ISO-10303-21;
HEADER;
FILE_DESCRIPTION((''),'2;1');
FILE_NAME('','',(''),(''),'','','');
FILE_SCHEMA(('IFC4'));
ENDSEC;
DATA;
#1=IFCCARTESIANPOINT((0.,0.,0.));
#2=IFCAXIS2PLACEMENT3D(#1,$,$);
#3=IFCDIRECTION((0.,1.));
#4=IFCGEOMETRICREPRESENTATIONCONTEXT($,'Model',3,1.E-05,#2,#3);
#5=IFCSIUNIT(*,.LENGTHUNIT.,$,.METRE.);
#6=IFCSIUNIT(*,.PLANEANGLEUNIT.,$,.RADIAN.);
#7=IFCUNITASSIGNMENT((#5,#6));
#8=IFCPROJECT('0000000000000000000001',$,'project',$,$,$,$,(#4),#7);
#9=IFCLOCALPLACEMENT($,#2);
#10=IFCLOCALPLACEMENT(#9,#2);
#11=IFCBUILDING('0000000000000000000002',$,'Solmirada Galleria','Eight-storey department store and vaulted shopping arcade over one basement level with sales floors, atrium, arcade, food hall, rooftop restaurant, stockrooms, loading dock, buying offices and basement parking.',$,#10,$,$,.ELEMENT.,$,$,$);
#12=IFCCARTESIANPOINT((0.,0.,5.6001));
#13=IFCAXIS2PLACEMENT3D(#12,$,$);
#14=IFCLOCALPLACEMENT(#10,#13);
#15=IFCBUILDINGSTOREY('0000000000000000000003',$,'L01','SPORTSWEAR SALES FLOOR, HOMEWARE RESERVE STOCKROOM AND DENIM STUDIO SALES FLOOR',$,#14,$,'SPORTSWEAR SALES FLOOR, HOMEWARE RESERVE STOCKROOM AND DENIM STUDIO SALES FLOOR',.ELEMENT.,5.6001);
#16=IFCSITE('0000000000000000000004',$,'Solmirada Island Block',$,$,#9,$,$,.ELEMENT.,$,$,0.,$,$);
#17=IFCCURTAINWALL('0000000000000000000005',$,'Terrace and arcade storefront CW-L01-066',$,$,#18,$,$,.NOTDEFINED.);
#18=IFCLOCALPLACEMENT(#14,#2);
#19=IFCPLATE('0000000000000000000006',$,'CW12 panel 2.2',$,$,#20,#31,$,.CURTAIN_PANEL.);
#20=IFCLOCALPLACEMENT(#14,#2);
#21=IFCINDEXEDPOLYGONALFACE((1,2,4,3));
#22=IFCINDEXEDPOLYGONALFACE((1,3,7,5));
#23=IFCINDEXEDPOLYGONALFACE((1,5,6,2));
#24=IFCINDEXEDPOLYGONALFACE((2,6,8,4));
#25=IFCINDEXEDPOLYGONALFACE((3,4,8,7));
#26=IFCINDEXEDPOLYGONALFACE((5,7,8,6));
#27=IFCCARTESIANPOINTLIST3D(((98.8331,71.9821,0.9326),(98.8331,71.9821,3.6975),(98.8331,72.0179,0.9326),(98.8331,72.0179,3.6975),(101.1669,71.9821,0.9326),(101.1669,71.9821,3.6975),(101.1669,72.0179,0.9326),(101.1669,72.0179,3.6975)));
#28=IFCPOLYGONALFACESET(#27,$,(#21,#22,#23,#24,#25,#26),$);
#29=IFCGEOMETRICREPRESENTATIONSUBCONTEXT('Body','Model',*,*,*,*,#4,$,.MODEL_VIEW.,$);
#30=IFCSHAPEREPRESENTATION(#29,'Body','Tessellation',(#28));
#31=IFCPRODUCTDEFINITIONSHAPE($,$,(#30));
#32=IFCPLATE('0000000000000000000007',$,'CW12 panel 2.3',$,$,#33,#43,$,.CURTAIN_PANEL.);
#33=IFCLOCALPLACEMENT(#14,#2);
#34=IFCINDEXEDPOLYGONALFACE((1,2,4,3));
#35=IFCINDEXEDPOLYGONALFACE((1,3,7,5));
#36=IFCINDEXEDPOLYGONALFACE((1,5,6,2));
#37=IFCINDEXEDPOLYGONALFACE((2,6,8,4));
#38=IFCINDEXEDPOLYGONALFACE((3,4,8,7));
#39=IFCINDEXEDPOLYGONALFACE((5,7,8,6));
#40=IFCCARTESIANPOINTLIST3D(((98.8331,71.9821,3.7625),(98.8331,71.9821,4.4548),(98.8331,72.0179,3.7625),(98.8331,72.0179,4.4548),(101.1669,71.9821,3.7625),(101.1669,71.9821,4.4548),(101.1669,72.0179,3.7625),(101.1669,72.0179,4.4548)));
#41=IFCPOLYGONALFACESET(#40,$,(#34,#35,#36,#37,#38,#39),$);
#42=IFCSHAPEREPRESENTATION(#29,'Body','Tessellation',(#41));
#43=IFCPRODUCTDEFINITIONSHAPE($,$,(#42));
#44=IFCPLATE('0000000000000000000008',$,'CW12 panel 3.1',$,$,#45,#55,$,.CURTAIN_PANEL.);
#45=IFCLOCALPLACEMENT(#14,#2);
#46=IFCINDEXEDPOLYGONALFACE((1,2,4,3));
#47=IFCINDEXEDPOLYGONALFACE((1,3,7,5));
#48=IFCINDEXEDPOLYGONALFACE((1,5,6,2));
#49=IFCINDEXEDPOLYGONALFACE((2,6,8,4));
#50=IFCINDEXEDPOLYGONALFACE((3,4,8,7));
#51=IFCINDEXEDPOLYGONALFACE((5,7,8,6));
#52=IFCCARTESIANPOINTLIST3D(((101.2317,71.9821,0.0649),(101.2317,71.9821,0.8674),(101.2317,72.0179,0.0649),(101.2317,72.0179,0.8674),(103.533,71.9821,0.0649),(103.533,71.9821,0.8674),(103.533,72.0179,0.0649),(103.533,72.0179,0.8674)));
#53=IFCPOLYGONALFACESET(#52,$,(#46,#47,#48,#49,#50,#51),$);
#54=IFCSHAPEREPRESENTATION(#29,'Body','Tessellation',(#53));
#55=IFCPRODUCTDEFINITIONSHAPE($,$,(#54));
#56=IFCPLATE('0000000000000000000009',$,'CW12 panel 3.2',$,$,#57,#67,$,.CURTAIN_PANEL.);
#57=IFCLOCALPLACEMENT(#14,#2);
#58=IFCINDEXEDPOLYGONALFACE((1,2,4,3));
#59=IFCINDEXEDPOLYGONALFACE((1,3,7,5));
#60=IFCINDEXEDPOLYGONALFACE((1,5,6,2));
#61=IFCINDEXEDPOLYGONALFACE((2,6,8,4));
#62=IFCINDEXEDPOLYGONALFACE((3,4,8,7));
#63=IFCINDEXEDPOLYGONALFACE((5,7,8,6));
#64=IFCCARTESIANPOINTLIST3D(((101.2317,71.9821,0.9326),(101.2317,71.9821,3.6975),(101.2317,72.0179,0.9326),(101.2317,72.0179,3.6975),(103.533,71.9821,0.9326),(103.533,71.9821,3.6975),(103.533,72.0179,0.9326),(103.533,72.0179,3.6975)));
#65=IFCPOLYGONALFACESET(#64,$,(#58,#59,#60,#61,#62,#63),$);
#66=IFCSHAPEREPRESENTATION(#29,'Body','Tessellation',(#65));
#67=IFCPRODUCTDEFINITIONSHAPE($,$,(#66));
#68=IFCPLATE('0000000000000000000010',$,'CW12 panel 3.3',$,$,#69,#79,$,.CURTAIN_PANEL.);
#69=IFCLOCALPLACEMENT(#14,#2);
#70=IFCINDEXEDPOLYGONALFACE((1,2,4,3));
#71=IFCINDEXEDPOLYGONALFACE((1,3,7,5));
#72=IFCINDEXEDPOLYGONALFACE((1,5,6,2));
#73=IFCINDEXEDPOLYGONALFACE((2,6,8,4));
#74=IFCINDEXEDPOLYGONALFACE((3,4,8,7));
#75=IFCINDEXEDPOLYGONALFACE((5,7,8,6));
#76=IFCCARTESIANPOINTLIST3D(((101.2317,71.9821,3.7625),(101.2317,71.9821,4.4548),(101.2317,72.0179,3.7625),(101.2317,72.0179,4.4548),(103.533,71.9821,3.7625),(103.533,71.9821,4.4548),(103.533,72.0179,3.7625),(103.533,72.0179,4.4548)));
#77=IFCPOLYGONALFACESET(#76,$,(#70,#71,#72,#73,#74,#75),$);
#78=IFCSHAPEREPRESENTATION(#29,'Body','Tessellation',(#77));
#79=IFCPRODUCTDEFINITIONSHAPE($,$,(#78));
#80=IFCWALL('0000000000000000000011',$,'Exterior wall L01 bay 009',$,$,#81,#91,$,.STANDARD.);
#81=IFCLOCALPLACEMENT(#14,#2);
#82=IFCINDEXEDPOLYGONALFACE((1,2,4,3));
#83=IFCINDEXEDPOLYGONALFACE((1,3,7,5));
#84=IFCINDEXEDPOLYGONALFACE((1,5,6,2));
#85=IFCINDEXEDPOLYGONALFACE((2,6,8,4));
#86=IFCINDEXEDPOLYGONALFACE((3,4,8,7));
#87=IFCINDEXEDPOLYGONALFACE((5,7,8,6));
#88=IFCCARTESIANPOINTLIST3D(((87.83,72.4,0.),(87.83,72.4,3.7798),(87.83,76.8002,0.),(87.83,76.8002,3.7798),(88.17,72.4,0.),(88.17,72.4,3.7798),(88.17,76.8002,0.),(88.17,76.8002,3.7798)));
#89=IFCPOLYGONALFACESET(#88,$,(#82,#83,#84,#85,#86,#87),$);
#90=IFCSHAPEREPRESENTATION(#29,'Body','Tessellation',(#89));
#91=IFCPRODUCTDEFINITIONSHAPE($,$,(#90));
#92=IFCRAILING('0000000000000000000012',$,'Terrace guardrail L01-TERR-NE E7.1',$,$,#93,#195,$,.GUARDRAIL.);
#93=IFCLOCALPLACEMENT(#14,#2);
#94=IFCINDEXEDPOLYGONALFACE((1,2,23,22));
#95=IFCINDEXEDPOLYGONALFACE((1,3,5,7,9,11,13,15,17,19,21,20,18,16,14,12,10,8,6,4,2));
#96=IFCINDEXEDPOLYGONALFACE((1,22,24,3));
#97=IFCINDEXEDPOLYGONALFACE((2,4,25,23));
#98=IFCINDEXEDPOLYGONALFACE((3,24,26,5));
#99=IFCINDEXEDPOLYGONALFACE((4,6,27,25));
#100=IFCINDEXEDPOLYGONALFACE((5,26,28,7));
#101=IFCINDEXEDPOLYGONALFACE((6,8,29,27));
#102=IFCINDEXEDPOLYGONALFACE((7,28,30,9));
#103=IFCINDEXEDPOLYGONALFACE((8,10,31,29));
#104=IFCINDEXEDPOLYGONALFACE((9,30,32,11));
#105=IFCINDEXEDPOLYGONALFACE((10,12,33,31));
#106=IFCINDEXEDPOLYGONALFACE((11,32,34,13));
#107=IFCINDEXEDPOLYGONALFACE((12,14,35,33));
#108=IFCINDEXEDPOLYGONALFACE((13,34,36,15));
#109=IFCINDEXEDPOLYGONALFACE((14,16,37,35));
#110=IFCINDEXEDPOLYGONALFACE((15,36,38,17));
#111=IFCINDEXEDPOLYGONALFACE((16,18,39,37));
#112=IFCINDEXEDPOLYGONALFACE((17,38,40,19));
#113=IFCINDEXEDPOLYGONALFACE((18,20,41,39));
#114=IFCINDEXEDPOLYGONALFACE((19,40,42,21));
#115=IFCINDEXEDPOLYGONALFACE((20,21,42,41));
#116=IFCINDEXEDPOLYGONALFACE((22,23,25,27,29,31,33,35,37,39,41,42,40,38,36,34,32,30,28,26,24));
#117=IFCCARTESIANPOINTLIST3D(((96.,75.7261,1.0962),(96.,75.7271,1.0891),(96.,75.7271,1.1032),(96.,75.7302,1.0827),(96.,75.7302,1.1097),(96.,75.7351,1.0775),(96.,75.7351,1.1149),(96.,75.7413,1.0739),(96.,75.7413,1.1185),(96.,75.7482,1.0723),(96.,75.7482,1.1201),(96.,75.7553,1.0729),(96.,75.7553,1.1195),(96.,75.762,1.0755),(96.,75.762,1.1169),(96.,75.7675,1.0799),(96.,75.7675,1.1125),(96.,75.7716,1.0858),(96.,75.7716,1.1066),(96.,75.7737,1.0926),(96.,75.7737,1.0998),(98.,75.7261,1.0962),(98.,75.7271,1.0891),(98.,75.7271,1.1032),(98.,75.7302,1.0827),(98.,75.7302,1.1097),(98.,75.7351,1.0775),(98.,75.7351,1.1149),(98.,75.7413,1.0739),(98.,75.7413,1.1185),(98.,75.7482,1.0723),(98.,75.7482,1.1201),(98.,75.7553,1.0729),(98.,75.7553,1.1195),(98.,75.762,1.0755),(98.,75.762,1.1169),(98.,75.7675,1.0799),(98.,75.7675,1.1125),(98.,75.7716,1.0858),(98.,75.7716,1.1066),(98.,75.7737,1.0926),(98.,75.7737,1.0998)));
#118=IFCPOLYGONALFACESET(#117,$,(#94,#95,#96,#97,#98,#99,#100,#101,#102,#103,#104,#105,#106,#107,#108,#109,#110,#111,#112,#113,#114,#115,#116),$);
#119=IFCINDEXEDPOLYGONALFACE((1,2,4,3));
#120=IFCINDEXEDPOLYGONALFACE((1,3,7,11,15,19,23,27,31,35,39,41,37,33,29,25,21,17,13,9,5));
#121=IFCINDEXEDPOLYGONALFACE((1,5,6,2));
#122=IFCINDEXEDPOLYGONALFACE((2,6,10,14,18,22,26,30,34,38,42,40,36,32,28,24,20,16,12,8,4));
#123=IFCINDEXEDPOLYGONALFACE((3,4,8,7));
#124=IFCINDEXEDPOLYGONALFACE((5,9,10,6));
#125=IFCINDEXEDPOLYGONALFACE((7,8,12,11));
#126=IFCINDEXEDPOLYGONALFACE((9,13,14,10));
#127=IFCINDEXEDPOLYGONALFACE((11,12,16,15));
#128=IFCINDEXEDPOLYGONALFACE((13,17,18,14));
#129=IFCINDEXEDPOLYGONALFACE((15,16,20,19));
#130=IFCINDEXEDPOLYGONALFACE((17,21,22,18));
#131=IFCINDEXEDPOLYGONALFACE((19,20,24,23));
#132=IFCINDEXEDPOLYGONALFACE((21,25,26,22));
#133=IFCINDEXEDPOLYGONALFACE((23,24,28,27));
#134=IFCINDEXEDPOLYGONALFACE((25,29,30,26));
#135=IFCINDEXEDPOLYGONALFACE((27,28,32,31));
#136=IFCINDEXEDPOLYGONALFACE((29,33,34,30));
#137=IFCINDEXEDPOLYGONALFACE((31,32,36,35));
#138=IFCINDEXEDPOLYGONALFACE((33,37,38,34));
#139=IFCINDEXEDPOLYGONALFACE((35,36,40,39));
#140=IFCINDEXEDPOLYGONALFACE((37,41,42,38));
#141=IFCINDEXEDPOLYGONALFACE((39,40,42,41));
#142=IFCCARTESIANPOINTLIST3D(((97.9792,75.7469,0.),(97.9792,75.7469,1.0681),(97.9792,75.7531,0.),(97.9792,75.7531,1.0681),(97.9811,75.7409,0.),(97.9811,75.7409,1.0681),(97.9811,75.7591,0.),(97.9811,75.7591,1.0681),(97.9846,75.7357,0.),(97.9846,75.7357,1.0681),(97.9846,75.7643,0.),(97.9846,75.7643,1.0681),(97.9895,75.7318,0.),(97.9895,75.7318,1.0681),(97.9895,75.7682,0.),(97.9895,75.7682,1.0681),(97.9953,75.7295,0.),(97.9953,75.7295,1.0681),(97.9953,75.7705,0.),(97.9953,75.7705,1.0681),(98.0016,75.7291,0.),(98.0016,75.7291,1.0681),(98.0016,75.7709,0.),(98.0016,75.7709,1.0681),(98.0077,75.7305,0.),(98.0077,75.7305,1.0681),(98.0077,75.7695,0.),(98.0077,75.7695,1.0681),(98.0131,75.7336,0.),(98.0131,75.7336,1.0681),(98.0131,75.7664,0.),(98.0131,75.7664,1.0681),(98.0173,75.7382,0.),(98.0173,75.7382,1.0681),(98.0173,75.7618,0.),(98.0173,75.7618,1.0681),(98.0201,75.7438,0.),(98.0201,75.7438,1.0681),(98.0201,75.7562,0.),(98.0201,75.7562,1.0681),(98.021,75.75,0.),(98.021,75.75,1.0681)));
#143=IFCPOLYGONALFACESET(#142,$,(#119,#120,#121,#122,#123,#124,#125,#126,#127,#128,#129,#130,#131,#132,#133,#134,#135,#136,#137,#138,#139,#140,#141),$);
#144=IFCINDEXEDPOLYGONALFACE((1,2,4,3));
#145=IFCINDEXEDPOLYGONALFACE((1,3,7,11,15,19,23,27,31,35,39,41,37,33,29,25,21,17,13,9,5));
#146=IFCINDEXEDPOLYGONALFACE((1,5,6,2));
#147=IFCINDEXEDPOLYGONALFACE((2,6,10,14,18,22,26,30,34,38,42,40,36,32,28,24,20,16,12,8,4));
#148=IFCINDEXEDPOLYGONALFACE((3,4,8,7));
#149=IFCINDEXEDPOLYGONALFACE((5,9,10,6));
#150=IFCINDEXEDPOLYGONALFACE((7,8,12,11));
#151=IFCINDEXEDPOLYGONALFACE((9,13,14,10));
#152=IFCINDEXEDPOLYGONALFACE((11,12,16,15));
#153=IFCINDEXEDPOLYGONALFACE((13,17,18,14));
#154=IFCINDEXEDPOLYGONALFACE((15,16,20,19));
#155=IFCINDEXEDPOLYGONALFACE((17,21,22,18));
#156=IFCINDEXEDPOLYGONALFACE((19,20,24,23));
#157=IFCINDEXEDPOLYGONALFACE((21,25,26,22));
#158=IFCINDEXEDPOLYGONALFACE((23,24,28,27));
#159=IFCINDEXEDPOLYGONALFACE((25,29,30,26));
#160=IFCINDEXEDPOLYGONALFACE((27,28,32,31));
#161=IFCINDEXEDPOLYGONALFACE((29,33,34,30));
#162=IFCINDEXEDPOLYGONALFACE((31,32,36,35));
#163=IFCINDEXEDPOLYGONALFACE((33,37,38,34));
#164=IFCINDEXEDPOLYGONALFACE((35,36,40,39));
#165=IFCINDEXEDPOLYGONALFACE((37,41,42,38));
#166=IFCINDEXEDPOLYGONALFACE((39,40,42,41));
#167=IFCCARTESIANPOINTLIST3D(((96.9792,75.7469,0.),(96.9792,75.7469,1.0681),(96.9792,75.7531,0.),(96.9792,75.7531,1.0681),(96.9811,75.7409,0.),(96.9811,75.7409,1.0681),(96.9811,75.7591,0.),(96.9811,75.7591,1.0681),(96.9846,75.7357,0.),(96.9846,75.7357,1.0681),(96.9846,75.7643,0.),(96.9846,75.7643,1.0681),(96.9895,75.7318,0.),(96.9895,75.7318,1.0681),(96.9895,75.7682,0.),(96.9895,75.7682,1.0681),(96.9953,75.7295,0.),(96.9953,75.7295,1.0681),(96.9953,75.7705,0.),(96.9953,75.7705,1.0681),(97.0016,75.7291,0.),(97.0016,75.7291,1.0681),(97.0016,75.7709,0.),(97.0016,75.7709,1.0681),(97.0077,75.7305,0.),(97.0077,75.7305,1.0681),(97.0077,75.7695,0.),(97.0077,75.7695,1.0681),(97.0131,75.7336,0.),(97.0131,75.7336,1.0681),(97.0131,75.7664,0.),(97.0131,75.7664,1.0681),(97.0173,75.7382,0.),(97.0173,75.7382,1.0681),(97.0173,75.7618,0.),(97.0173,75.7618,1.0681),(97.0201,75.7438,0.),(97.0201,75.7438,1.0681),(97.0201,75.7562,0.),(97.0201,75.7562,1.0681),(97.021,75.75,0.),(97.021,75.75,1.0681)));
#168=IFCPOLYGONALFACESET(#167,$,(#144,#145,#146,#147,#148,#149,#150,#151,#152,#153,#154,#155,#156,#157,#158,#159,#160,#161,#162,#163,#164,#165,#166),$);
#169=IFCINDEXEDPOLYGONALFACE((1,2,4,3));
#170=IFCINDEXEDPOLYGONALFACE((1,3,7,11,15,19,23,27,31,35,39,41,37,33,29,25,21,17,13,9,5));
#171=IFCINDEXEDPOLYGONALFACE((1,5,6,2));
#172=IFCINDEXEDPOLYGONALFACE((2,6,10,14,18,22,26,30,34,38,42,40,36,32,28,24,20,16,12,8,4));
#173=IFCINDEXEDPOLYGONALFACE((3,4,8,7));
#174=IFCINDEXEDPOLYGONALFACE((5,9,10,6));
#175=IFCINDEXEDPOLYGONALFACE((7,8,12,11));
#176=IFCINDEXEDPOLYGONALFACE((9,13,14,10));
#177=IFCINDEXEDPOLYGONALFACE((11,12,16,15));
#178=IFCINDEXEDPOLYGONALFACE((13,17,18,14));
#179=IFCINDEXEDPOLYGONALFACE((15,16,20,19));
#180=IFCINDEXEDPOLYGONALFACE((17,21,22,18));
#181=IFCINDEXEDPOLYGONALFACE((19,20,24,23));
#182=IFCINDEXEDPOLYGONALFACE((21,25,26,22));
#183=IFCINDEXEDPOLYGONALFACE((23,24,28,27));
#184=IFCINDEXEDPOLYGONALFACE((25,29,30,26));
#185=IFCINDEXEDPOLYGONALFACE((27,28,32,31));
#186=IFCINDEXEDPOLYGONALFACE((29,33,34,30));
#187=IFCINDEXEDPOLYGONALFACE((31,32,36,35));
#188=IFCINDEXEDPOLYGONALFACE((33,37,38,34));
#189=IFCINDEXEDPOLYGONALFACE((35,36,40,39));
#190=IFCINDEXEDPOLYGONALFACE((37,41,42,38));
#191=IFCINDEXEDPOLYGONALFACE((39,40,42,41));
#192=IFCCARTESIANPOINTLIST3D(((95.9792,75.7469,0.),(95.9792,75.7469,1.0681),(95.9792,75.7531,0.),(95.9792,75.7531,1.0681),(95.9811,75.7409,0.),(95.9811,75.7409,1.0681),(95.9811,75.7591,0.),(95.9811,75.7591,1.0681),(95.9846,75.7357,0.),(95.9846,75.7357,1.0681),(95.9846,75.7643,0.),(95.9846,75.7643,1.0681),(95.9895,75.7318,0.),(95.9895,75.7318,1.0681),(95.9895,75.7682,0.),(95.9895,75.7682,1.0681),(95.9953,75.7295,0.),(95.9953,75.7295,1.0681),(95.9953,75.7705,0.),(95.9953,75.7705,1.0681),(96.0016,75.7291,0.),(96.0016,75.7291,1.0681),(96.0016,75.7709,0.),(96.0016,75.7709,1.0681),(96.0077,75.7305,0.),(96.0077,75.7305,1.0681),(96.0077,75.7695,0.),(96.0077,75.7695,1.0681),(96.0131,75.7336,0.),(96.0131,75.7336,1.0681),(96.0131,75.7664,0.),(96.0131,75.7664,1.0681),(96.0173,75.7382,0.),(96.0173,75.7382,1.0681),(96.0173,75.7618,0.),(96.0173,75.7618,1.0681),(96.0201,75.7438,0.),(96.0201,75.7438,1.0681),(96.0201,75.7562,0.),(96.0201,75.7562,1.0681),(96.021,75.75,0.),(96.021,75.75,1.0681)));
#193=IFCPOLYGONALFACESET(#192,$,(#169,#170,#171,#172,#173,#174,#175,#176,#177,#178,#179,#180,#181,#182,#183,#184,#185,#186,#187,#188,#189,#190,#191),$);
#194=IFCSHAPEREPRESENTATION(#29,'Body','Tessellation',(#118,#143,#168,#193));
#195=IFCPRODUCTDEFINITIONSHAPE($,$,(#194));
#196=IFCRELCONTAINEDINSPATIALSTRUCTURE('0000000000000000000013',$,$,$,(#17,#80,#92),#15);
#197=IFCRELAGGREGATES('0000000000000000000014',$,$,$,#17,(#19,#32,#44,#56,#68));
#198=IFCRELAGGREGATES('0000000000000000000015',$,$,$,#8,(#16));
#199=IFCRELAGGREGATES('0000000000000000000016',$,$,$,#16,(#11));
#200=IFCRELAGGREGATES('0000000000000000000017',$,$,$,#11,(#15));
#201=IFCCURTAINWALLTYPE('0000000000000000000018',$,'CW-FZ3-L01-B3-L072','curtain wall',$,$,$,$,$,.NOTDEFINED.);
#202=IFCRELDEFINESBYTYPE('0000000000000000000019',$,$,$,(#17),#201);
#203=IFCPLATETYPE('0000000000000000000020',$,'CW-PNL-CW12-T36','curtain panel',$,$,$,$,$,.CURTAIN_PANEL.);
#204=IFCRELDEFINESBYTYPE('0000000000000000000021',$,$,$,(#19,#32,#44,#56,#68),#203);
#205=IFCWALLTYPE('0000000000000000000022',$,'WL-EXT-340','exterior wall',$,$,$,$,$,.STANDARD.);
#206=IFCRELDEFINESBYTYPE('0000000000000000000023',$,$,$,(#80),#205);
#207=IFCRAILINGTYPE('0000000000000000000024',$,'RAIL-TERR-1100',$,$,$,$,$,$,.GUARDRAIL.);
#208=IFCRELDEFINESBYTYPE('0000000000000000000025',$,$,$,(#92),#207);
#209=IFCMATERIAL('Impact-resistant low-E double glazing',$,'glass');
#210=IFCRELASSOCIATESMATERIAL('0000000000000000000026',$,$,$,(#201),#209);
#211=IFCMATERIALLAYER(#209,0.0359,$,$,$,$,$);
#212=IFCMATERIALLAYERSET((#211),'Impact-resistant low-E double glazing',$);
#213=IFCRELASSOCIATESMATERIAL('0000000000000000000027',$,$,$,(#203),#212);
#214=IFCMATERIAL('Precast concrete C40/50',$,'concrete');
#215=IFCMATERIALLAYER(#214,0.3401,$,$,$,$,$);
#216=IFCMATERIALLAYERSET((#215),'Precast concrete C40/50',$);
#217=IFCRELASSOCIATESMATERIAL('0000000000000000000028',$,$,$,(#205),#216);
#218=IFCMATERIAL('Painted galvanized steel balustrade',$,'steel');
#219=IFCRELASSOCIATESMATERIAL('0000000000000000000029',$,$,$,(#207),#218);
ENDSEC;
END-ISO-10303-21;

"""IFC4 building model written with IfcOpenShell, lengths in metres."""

from ifc_helpers import new_model, si_unit, direction, frame, frame_2d, origin, origin_2d, place, context, subcontext, project, spatial, rectangle, circle, extrude, material, layer, layer_set, type_object, element, aggregate, save


model = new_model("IFC4")

# Units and contexts
model_context = context("Model", 3, precision=1e-05, world=origin(), true_north=direction((0.0, 1.0)))
body_context = subcontext(model_context, "Body", "Model", "MODEL_VIEW")
ifc_project = project(units=[si_unit("LENGTHUNIT", "METRE"), si_unit("PLANEANGLEUNIT", "RADIAN")], contexts=[model_context])

# Site, building, storey
site_placement = place(None, origin())
site = spatial("IfcSite", under=ifc_project, at=site_placement, Name="Solmirada Island Block", CompositionType="ELEMENT", RefElevation=0.0)
building_placement = place(site_placement, origin())
building = spatial("IfcBuilding", under=site, at=building_placement, Name="Solmirada Galleria", Description="Eight-storey department store and vaulted shopping arcade over one basement level with sales floors, atrium, arcade, food hall, rooftop restaurant, stockrooms, loading dock, buying offices and basement parking.", CompositionType="ELEMENT")
storey_placement = place(building_placement, frame((0.0, 0.0, 5.6001)))
storey = spatial("IfcBuildingStorey", under=building, at=storey_placement, Name="L01", Description="SPORTSWEAR SALES FLOOR, HOMEWARE RESERVE STOCKROOM AND DENIM STUDIO SALES FLOOR", LongName="SPORTSWEAR SALES FLOOR, HOMEWARE RESERVE STOCKROOM AND DENIM STUDIO SALES FLOOR", CompositionType="ELEMENT", Elevation=5.6001)

# Curtain wall, plates
ifc_material_1 = material(Name="Impact-resistant low-E double glazing", Category="glass")
curtain_wall_type = type_object("IfcCurtainWallType", Name="CW-FZ3-L01-B3-L072", Description="curtain wall", PredefinedType="NOTDEFINED", material=ifc_material_1)
curtain_wall_placement = place(storey_placement, origin())
curtain_wall = element("IfcCurtainWall", 1, at=curtain_wall_placement, inside=storey, type_object=curtain_wall_type, Name="Terrace and arcade storefront CW-L01-066", PredefinedType="NOTDEFINED")
ifc_layer_1 = layer(ifc_material_1, 0.0359)
ifc_layer_set_1 = layer_set([ifc_layer_1], Name="Impact-resistant low-E double glazing")
plate_type = type_object("IfcPlateType", Name="CW-PNL-CW12-T36", Description="curtain panel", PredefinedType="CURTAIN_PANEL", material=ifc_layer_set_1)
plate_1_placement = place(storey_placement, frame((100.0, 72.0, 0.9326), z_axis=(0.0, 0.0, 1.0), x_axis=(1.0, 0.0, 0.0)))
plate_1 = element("IfcPlate", 2, at=plate_1_placement, type_object=plate_type, Name="CW12 panel 2.2", PredefinedType="CURTAIN_PANEL", context=body_context, shape_type="SweptSolid", body=[
    extrude(rectangle(XDim=2.3337, YDim=0.0359, at=origin_2d()), origin(), (0.0, 0.0, 1.0), 2.7649),
])
plate_2_placement = place(storey_placement, frame((100.0, 72.0, 3.7625), z_axis=(0.0, 0.0, 1.0), x_axis=(1.0, 0.0, 0.0)))
plate_2 = element("IfcPlate", 3, at=plate_2_placement, type_object=plate_type, Name="CW12 panel 2.3", PredefinedType="CURTAIN_PANEL", context=body_context, shape_type="SweptSolid", body=[
    extrude(rectangle(XDim=2.3337, YDim=0.0359, at=origin_2d()), origin(), (0.0, 0.0, 1.0), 0.6924),
])
plate_3_placement = place(storey_placement, frame((102.3823, 72.0, 0.0649), z_axis=(0.0, 0.0, 1.0), x_axis=(1.0, 0.0, 0.0)))
plate_3 = element("IfcPlate", 4, at=plate_3_placement, type_object=plate_type, Name="CW12 panel 3.1", PredefinedType="CURTAIN_PANEL", context=body_context, shape_type="SweptSolid", body=[
    extrude(rectangle(XDim=2.3013, YDim=0.0359, at=origin_2d()), origin(), (0.0, 0.0, 1.0), 0.8025),
])
plate_4_placement = place(storey_placement, frame((102.3823, 72.0, 0.9326), z_axis=(0.0, 0.0, 1.0), x_axis=(1.0, 0.0, 0.0)))
plate_4 = element("IfcPlate", 5, at=plate_4_placement, type_object=plate_type, Name="CW12 panel 3.2", PredefinedType="CURTAIN_PANEL", context=body_context, shape_type="SweptSolid", body=[
    extrude(rectangle(XDim=2.3013, YDim=0.0359, at=origin_2d()), origin(), (0.0, 0.0, 1.0), 2.7649),
])
plate_5_placement = place(storey_placement, frame((102.3823, 72.0, 3.7625), z_axis=(0.0, 0.0, 1.0), x_axis=(1.0, 0.0, 0.0)))
plate_5 = element("IfcPlate", 6, at=plate_5_placement, type_object=plate_type, Name="CW12 panel 3.3", PredefinedType="CURTAIN_PANEL", context=body_context, shape_type="SweptSolid", body=[
    extrude(rectangle(XDim=2.3013, YDim=0.0359, at=origin_2d()), origin(), (0.0, 0.0, 1.0), 0.6924),
])
aggregate(curtain_wall, [plate_1, plate_2, plate_3, plate_4, plate_5])

# Wall
ifc_material_2 = material(Name="Precast concrete C40/50", Category="concrete")
ifc_layer_2 = layer(ifc_material_2, 0.3401)
ifc_layer_set_2 = layer_set([ifc_layer_2], Name="Precast concrete C40/50")
wall_type = type_object("IfcWallType", Name="WL-EXT-340", Description="exterior wall", PredefinedType="STANDARD", material=ifc_layer_set_2)
wall_placement = place(storey_placement, frame((88.0, 72.3999, 0.0), z_axis=(0.0, 0.0, 1.0), x_axis=(0.0, 1.0, 0.0)))
element("IfcWall", 7, at=wall_placement, inside=storey, type_object=wall_type, Name="Exterior wall L01 bay 009", PredefinedType="STANDARD", context=body_context, shape_type="SweptSolid", body=[
    extrude(rectangle(XDim=4.4001, YDim=0.3401, at=frame_2d((2.2002, 0.0))), origin(), (0.0, 0.0, 1.0), 3.7798),
])

# Railing
ifc_material_3 = material(Name="Painted galvanized steel balustrade", Category="steel")
railing_type = type_object("IfcRailingType", Name="RAIL-TERR-1100", PredefinedType="GUARDRAIL", material=ifc_material_3)
railing_placement = place(storey_placement, frame((98.0, 75.75, 0.0)))
element("IfcRailing", 8, at=railing_placement, inside=storey, type_object=railing_type, Name="Terrace guardrail L01-TERR-NE E7.1", PredefinedType="GUARDRAIL", context=body_context, shape_type="SweptSolid", body=[
    extrude(circle(Radius=0.0239, at=origin_2d()), frame((0.0, 0.0, 1.0962), z_axis=(-1.0, 0.0, 0.0), x_axis=(0.0, -1.0, 0.0)), (0.0, 0.0, 1.0), 2.0),
    extrude(circle(Radius=0.021, at=origin_2d()), origin(), (0.0, 0.0, 1.0), 1.0681),
    extrude(circle(Radius=0.021, at=origin_2d()), frame((-1.0, 0.0, 0.0)), (0.0, 0.0, 1.0), 1.0681),
    extrude(circle(Radius=0.021, at=origin_2d()), frame((-2.0, 0.0, 0.0)), (0.0, 0.0, 1.0), 1.0681),
])

save(model, "model.ifc")
